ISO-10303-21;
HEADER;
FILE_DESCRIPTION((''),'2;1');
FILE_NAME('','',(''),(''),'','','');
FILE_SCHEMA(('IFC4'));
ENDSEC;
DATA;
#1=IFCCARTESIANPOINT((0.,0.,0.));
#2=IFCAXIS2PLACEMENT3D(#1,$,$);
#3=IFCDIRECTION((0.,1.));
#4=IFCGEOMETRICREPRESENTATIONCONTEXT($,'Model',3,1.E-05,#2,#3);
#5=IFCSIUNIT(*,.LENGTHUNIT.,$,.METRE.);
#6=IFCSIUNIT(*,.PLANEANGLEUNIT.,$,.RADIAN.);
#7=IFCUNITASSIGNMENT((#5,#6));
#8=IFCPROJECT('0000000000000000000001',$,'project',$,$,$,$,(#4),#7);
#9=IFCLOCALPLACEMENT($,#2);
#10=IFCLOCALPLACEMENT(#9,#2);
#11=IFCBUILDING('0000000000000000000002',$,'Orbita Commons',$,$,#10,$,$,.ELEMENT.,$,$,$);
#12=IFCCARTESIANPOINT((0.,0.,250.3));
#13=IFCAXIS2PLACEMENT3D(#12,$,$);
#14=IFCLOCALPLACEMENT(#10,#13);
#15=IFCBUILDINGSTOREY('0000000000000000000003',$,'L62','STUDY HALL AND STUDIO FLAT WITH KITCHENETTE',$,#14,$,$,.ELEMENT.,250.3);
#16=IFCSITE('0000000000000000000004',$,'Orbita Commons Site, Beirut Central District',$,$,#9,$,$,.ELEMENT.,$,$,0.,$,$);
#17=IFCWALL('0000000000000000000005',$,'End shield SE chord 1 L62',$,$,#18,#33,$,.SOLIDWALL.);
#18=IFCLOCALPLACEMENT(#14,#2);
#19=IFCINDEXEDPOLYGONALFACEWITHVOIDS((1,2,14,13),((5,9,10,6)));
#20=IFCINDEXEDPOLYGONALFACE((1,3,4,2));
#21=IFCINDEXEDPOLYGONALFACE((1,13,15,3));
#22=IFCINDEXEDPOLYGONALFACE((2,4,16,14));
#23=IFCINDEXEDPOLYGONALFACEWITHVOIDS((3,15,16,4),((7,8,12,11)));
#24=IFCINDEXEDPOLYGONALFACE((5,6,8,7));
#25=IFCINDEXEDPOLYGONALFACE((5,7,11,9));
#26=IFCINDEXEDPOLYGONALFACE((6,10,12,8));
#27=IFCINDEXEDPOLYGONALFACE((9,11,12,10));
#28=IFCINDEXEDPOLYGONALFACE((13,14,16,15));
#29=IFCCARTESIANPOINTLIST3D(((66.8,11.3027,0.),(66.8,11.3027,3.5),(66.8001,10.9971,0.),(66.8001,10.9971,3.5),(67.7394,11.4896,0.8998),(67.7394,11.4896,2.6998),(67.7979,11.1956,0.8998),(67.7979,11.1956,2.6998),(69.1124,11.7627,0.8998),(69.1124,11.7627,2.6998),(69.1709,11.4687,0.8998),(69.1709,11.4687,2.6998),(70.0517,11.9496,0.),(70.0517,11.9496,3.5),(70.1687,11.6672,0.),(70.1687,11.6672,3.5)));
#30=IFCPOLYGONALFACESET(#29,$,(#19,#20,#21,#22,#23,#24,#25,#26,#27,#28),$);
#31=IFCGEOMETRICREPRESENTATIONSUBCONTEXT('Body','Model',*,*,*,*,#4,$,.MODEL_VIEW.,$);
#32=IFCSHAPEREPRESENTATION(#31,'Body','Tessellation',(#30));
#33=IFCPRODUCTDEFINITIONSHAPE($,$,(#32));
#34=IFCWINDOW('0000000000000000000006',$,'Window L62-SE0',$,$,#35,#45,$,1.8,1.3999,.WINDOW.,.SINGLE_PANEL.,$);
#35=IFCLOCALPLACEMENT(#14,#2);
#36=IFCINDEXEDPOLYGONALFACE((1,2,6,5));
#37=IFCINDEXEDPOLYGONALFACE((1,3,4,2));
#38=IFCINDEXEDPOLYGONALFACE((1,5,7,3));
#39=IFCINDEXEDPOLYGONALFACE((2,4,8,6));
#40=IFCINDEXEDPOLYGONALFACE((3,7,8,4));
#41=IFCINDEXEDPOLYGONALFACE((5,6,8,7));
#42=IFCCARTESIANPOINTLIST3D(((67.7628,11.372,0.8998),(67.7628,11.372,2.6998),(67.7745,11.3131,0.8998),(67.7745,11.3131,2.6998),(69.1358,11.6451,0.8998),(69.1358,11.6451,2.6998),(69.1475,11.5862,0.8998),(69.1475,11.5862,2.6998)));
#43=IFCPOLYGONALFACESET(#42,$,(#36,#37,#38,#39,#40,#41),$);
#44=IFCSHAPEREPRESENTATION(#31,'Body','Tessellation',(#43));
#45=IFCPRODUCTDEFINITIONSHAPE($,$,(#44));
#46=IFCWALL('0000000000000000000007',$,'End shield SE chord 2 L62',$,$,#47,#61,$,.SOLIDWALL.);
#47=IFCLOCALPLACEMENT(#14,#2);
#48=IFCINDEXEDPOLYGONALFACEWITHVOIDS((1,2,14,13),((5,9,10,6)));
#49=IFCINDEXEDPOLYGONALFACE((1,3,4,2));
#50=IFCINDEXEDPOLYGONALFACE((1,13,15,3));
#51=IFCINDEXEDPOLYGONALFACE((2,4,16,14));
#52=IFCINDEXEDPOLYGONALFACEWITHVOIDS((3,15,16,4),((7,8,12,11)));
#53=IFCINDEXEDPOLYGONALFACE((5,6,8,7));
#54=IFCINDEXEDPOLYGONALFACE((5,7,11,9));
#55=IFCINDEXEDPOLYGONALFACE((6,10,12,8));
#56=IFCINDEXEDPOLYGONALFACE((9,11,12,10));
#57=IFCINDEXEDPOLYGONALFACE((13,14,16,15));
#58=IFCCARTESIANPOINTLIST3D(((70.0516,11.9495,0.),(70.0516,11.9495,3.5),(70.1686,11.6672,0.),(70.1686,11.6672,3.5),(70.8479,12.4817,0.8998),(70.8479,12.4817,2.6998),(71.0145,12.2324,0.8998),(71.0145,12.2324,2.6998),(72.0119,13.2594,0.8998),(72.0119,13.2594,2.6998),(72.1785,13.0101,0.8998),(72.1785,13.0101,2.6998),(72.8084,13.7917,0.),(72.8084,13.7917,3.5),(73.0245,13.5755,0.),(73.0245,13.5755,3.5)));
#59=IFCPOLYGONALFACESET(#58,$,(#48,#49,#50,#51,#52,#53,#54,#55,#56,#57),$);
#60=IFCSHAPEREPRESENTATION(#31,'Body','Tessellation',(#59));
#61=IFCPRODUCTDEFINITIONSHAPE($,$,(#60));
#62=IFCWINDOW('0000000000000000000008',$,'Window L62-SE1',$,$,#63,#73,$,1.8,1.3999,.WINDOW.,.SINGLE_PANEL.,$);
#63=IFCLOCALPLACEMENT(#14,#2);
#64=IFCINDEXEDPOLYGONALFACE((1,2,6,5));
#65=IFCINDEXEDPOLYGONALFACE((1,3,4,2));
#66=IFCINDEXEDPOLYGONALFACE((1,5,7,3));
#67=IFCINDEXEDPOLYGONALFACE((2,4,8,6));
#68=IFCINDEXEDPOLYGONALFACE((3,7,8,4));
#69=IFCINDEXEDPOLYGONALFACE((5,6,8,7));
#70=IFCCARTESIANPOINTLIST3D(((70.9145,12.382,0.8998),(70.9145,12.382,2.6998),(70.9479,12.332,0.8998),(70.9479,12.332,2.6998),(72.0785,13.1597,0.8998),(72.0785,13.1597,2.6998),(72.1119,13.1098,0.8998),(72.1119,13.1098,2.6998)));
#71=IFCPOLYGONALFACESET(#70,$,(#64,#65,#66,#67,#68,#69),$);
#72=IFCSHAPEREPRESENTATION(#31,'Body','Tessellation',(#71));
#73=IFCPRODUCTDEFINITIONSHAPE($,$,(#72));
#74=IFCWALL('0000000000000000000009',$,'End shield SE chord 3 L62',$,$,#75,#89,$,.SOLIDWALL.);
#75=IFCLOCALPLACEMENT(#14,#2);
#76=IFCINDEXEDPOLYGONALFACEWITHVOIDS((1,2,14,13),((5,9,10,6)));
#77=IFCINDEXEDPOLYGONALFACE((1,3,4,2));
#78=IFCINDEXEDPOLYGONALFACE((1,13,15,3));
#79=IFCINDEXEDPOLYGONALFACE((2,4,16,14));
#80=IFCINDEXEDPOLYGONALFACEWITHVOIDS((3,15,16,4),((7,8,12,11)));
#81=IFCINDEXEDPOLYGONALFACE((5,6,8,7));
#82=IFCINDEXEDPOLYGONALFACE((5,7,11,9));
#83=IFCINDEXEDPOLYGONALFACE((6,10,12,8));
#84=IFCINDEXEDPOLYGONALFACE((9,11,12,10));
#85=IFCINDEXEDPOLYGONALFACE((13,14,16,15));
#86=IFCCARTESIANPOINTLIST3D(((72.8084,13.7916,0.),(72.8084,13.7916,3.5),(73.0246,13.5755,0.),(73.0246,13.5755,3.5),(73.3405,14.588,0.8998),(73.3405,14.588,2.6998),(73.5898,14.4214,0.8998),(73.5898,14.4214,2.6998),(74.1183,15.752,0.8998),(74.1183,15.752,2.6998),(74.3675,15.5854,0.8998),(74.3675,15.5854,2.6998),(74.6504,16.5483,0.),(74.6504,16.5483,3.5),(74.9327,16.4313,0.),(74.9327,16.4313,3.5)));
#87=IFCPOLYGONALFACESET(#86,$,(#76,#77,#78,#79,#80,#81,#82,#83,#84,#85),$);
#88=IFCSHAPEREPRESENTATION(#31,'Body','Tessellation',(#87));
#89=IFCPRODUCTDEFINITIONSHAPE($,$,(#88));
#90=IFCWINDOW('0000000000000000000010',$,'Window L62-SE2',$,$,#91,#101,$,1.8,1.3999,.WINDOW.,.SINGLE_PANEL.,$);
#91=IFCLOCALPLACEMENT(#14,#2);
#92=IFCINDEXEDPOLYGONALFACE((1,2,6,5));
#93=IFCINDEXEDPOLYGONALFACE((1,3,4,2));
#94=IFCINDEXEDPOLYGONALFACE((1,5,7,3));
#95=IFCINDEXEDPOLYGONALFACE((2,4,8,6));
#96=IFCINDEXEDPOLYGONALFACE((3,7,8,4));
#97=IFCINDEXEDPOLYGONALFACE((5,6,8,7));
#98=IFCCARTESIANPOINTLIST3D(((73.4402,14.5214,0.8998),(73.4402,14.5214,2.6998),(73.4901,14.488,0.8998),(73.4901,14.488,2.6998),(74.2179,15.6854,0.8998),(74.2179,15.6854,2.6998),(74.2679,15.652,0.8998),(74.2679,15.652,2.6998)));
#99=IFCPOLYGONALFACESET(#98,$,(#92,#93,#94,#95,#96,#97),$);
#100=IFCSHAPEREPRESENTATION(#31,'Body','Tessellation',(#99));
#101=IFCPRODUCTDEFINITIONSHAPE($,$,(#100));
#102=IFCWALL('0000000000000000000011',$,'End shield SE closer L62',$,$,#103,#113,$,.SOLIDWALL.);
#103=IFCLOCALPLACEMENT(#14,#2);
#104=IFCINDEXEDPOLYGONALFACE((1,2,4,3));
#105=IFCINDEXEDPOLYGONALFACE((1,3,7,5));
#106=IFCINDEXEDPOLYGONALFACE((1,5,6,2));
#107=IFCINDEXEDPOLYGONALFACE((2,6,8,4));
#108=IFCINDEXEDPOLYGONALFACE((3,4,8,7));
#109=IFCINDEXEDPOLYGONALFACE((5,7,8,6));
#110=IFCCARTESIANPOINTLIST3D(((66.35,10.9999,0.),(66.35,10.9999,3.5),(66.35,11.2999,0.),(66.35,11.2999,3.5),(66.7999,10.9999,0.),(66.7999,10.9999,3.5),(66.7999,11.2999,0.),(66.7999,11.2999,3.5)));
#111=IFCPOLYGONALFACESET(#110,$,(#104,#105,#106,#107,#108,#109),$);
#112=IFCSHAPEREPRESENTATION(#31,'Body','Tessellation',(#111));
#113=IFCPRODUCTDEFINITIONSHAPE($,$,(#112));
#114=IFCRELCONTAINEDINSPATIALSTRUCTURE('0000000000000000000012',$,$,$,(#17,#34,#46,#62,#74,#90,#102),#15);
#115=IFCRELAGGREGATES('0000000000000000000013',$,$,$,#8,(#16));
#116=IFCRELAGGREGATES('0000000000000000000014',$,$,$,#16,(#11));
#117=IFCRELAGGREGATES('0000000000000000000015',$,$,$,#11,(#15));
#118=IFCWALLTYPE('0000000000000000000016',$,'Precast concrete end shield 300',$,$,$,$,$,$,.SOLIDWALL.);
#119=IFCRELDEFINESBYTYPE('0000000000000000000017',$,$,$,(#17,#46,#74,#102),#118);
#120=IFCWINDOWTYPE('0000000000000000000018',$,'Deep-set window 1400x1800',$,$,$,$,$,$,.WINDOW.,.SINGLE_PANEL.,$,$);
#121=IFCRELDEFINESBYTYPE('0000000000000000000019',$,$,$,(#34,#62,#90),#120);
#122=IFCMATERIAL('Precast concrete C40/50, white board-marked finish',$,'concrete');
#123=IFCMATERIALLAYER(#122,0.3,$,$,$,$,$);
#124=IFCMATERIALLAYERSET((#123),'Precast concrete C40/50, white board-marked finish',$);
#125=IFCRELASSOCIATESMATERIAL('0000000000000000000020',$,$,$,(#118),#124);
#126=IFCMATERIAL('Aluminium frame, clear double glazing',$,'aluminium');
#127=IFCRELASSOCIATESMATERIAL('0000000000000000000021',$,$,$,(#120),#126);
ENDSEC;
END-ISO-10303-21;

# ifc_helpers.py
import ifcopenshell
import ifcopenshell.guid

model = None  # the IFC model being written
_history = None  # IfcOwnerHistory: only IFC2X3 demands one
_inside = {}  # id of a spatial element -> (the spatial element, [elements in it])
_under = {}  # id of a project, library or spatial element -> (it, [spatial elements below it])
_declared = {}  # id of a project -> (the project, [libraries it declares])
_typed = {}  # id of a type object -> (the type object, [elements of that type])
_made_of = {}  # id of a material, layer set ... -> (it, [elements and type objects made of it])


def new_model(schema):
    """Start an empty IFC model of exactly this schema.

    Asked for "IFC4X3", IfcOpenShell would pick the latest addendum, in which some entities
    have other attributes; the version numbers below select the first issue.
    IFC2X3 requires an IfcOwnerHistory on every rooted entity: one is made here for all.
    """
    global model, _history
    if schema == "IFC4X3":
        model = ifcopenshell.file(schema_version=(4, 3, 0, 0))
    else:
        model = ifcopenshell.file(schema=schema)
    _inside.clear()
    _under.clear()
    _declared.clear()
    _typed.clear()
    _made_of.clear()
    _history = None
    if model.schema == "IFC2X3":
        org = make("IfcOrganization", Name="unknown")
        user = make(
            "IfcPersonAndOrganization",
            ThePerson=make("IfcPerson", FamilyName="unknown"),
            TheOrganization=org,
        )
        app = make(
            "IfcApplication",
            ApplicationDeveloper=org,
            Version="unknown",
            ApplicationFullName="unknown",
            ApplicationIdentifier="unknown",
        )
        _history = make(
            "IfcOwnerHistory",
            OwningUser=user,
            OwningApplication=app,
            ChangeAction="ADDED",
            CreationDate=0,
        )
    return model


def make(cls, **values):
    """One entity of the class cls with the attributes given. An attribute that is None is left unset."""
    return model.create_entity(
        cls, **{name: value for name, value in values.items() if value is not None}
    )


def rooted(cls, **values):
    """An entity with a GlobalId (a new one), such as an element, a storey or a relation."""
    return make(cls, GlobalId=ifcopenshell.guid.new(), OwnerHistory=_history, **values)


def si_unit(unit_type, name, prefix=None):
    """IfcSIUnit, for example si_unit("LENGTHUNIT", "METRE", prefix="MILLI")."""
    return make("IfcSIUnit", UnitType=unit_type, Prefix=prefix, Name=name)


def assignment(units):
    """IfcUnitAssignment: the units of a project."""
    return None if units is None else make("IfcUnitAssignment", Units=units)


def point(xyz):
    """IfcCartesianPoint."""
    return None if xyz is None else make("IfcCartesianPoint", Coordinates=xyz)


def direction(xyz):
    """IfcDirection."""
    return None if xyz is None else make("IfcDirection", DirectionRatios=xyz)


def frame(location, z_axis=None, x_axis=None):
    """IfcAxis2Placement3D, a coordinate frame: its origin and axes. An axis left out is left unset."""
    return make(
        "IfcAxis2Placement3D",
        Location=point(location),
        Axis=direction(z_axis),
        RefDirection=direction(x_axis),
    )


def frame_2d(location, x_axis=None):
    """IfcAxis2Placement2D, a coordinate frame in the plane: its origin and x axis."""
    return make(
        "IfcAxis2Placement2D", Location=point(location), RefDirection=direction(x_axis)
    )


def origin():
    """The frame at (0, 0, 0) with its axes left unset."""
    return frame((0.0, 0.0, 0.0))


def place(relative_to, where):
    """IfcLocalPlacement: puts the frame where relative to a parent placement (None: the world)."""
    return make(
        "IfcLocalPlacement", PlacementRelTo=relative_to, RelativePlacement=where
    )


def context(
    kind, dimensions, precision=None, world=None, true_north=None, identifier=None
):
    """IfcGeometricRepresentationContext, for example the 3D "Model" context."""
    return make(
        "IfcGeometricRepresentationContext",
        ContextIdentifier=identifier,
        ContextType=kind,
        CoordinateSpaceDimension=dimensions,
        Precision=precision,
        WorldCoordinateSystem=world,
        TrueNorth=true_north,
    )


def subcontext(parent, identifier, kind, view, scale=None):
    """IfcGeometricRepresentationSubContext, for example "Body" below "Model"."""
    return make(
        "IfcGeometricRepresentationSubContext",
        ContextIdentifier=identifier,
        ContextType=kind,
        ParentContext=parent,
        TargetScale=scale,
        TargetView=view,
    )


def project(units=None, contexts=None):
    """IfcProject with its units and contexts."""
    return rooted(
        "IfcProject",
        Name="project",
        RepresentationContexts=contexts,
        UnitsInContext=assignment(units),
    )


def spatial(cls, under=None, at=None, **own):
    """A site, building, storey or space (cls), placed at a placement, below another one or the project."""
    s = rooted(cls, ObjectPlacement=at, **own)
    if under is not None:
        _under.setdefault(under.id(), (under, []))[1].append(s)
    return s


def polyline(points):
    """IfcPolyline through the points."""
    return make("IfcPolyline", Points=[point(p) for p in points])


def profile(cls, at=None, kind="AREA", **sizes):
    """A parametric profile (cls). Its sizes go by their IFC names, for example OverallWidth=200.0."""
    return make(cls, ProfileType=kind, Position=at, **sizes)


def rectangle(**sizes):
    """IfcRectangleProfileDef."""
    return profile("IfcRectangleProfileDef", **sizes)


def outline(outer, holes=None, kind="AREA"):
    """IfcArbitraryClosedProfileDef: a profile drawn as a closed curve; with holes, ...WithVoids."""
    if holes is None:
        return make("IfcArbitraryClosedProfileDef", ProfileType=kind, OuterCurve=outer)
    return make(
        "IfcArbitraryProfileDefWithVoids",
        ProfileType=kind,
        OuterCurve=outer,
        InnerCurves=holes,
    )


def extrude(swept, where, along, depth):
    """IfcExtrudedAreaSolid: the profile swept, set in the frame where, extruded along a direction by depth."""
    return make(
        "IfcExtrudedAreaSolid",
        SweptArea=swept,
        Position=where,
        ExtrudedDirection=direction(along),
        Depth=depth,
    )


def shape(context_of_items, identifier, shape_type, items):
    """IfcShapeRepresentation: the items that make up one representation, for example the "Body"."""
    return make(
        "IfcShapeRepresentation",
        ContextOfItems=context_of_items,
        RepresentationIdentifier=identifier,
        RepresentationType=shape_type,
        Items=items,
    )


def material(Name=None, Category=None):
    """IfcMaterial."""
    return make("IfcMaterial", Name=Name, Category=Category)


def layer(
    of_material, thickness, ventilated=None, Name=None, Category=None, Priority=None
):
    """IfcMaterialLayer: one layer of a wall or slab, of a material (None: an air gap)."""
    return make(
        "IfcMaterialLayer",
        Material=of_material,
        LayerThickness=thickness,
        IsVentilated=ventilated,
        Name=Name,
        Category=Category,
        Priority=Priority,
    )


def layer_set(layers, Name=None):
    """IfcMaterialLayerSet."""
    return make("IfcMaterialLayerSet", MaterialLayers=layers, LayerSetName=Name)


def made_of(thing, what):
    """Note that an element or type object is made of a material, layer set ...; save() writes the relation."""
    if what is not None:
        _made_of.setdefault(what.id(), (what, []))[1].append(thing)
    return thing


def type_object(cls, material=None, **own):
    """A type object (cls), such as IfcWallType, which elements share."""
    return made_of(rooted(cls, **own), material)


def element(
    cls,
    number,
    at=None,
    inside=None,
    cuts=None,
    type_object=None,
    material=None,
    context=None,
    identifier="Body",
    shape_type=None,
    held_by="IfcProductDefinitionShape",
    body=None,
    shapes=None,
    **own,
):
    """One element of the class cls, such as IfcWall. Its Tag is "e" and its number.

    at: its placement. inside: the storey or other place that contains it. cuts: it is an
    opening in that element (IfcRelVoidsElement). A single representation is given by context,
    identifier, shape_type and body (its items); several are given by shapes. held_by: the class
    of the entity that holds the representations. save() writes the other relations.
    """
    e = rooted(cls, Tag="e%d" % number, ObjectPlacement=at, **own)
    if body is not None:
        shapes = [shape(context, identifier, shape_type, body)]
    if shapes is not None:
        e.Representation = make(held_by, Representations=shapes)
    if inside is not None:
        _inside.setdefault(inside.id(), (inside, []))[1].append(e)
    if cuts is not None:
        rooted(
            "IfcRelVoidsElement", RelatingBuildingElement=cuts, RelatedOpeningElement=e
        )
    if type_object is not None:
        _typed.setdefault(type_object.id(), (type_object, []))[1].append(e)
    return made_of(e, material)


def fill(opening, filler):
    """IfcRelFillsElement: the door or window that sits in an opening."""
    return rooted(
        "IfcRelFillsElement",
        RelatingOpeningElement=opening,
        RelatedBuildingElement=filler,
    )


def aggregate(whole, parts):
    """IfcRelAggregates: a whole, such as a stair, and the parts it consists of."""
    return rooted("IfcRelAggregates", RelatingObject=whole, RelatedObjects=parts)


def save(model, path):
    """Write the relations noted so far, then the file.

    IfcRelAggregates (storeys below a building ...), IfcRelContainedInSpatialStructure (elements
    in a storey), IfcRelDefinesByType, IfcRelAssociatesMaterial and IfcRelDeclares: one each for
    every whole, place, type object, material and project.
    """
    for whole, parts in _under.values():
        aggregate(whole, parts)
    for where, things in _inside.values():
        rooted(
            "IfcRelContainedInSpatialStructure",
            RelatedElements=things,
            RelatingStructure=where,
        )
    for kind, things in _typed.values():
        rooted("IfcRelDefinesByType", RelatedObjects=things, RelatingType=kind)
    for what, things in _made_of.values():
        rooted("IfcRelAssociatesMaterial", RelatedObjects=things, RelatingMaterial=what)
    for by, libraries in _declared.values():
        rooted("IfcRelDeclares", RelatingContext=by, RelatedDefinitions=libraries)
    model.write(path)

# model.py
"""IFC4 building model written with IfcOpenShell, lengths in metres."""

from ifc_helpers import new_model, si_unit, direction, frame, frame_2d, origin, place, context, subcontext, project, spatial, polyline, rectangle, outline, extrude, material, layer, layer_set, type_object, element, fill, save


model = new_model("IFC4")

# Units and contexts
model_context = context("Model", 3, precision=1e-05, world=origin(), true_north=direction((0.0, 1.0)))
body_context = subcontext(model_context, "Body", "Model", "MODEL_VIEW")
ifc_project = project(units=[si_unit("LENGTHUNIT", "METRE"), si_unit("PLANEANGLEUNIT", "RADIAN")], contexts=[model_context])

# Site, building, storey
site_placement = place(None, origin())
site = spatial("IfcSite", under=ifc_project, at=site_placement, Name="Orbita Commons Site, Beirut Central District", CompositionType="ELEMENT", RefElevation=0.0)
building_placement = place(site_placement, origin())
building = spatial("IfcBuilding", under=site, at=building_placement, Name="Orbita Commons", CompositionType="ELEMENT")
storey_placement = place(building_placement, frame((0.0, 0.0, 250.3)))
storey = spatial("IfcBuildingStorey", under=building, at=storey_placement, Name="L62", Description="STUDY HALL AND STUDIO FLAT WITH KITCHENETTE", CompositionType="ELEMENT", Elevation=250.3)

# Walls, openings, windows
ifc_material_1 = material(Name="Precast concrete C40/50, white board-marked finish", Category="concrete")
ifc_layer_1 = layer(ifc_material_1, 0.3)
ifc_layer_set_1 = layer_set([ifc_layer_1], Name="Precast concrete C40/50, white board-marked finish")
wall_type_1 = type_object("IfcWallType", Name="Precast concrete end shield 300", PredefinedType="SOLIDWALL", material=ifc_layer_set_1)
wall_1_placement = place(storey_placement, frame((66.8, 11.1499, 0.0), z_axis=(0.0, 0.0, 1.0), x_axis=(0.980783, 0.1951, 0.0)))
wall_1 = element("IfcWall", 1, at=wall_1_placement, inside=storey, type_object=wall_type_1, Name="End shield SE chord 1 L62", PredefinedType="SOLIDWALL", context=body_context, shape_type="SweptSolid", body=[
    extrude(outline(polyline([(-0.0298, -0.1499), (3.4048, -0.1499), (3.3452, 0.1499), (0.0298, 0.1499), (-0.0298, -0.1499)])), origin(), (0.0, 0.0, 1.0), 3.5),
])
opening_1_placement = place(wall_1_placement, frame((0.9875, 0.0, 0.8999)))
opening_1 = element("IfcOpeningElement", 2, at=opening_1_placement, cuts=wall_1, PredefinedType="OPENING", context=body_context, shape_type="SweptSolid", body=[
    extrude(rectangle(XDim=1.3999, YDim=1.8, at=frame_2d((0.7, 0.8999))), frame((0.0, 0.1599, 0.0), z_axis=(0.0, -1.0, 0.0), x_axis=(1.0, 0.0, 0.0)), (0.0, 0.0, 1.0), 0.3201),
])
ifc_material_2 = material(Name="Aluminium frame, clear double glazing", Category="aluminium")
window_type = type_object("IfcWindowType", Name="Deep-set window 1400x1800", PartitioningType="SINGLE_PANEL", PredefinedType="WINDOW", material=ifc_material_2)
window_1_placement = place(opening_1_placement, origin())
window_1 = element("IfcWindow", 3, at=window_1_placement, inside=storey, type_object=window_type, Name="Window L62-SE0", OverallHeight=1.8, OverallWidth=1.3999, PartitioningType="SINGLE_PANEL", PredefinedType="WINDOW", context=body_context, shape_type="SweptSolid", body=[
    extrude(rectangle(XDim=1.3999, YDim=1.8, at=frame_2d((0.7, 0.8999))), frame((0.0, 0.03, 0.0), z_axis=(0.0, -1.0, 0.0), x_axis=(1.0, 0.0, 0.0)), (0.0, 0.0, 1.0), 0.0601),
])
fill(opening_1, window_1)
wall_2_placement = place(storey_placement, frame((70.1101, 11.8083, 0.0), z_axis=(0.0, 0.0, 1.0), x_axis=(0.83146, 0.555585, 0.0)))
wall_2 = element("IfcWall", 4, at=wall_2_placement, inside=storey, type_object=wall_type_1, Name="End shield SE chord 2 L62", PredefinedType="SOLIDWALL", context=body_context, shape_type="SweptSolid", body=[
    extrude(outline(polyline([(-0.0298, -0.1499), (3.405, -0.1499), (3.3455, 0.1499), (0.0298, 0.1499), (-0.0298, -0.1499)])), origin(), (0.0, 0.0, 1.0), 3.5),
])
opening_2_placement = place(wall_2_placement, frame((0.9875, 0.0, 0.8999)))
opening_2 = element("IfcOpeningElement", 5, at=opening_2_placement, cuts=wall_2, PredefinedType="OPENING", context=body_context, shape_type="SweptSolid", body=[
    extrude(rectangle(XDim=1.3999, YDim=1.8, at=frame_2d((0.7, 0.8999))), frame((0.0, 0.1599, 0.0), z_axis=(0.0, -1.0, 0.0), x_axis=(1.0, 0.0, 0.0)), (0.0, 0.0, 1.0), 0.3201),
])
window_2_placement = place(opening_2_placement, origin())
window_2 = element("IfcWindow", 6, at=window_2_placement, inside=storey, type_object=window_type, Name="Window L62-SE1", OverallHeight=1.8, OverallWidth=1.3999, PartitioningType="SINGLE_PANEL", PredefinedType="WINDOW", context=body_context, shape_type="SweptSolid", body=[
    extrude(rectangle(XDim=1.3999, YDim=1.8, at=frame_2d((0.7, 0.8999))), frame((0.0, 0.03, 0.0), z_axis=(0.0, -1.0, 0.0), x_axis=(1.0, 0.0, 0.0)), (0.0, 0.0, 1.0), 0.0601),
])
fill(opening_2, window_2)
wall_3_placement = place(storey_placement, frame((72.9165, 13.6836, 0.0), z_axis=(0.0, 0.0, 1.0), x_axis=(0.555568, 0.831471, 0.0)))
wall_3 = element("IfcWall", 7, at=wall_3_placement, inside=storey, type_object=wall_type_1, Name="End shield SE chord 3 L62", PredefinedType="SOLIDWALL", context=body_context, shape_type="SweptSolid", body=[
    extrude(outline(polyline([(-0.0298, -0.1499), (3.4048, -0.1499), (3.3452, 0.1499), (0.0298, 0.1499), (-0.0298, -0.1499)])), origin(), (0.0, 0.0, 1.0), 3.5),
])
opening_3_placement = place(wall_3_placement, frame((0.9875, 0.0, 0.8999)))
opening_3 = element("IfcOpeningElement", 8, at=opening_3_placement, cuts=wall_3, PredefinedType="OPENING", context=body_context, shape_type="SweptSolid", body=[
    extrude(rectangle(XDim=1.3999, YDim=1.8, at=frame_2d((0.7, 0.8999))), frame((0.0, 0.1599, 0.0), z_axis=(0.0, -1.0, 0.0), x_axis=(1.0, 0.0, 0.0)), (0.0, 0.0, 1.0), 0.3201),
])
window_3_placement = place(opening_3_placement, origin())
window_3 = element("IfcWindow", 9, at=window_3_placement, inside=storey, type_object=window_type, Name="Window L62-SE2", OverallHeight=1.8, OverallWidth=1.3999, PartitioningType="SINGLE_PANEL", PredefinedType="WINDOW", context=body_context, shape_type="SweptSolid", body=[
    extrude(rectangle(XDim=1.3999, YDim=1.8, at=frame_2d((0.7, 0.8999))), frame((0.0, 0.03, 0.0), z_axis=(0.0, -1.0, 0.0), x_axis=(1.0, 0.0, 0.0)), (0.0, 0.0, 1.0), 0.0601),
])
fill(opening_3, window_3)

# Wall
wall_4_placement = place(storey_placement, frame((66.8, 11.1499, 0.0), z_axis=(0.0, 0.0, 1.0), x_axis=(-1.0, 0.0, 0.0)))
element("IfcWall", 10, at=wall_4_placement, inside=storey, type_object=wall_type_1, Name="End shield SE closer L62", PredefinedType="SOLIDWALL", context=body_context, shape_type="SweptSolid", body=[
    extrude(rectangle(XDim=0.45, YDim=0.3, at=frame_2d((0.2251, 0.0))), origin(), (0.0, 0.0, 1.0), 3.5),
])

save(model, "model.ifc")
